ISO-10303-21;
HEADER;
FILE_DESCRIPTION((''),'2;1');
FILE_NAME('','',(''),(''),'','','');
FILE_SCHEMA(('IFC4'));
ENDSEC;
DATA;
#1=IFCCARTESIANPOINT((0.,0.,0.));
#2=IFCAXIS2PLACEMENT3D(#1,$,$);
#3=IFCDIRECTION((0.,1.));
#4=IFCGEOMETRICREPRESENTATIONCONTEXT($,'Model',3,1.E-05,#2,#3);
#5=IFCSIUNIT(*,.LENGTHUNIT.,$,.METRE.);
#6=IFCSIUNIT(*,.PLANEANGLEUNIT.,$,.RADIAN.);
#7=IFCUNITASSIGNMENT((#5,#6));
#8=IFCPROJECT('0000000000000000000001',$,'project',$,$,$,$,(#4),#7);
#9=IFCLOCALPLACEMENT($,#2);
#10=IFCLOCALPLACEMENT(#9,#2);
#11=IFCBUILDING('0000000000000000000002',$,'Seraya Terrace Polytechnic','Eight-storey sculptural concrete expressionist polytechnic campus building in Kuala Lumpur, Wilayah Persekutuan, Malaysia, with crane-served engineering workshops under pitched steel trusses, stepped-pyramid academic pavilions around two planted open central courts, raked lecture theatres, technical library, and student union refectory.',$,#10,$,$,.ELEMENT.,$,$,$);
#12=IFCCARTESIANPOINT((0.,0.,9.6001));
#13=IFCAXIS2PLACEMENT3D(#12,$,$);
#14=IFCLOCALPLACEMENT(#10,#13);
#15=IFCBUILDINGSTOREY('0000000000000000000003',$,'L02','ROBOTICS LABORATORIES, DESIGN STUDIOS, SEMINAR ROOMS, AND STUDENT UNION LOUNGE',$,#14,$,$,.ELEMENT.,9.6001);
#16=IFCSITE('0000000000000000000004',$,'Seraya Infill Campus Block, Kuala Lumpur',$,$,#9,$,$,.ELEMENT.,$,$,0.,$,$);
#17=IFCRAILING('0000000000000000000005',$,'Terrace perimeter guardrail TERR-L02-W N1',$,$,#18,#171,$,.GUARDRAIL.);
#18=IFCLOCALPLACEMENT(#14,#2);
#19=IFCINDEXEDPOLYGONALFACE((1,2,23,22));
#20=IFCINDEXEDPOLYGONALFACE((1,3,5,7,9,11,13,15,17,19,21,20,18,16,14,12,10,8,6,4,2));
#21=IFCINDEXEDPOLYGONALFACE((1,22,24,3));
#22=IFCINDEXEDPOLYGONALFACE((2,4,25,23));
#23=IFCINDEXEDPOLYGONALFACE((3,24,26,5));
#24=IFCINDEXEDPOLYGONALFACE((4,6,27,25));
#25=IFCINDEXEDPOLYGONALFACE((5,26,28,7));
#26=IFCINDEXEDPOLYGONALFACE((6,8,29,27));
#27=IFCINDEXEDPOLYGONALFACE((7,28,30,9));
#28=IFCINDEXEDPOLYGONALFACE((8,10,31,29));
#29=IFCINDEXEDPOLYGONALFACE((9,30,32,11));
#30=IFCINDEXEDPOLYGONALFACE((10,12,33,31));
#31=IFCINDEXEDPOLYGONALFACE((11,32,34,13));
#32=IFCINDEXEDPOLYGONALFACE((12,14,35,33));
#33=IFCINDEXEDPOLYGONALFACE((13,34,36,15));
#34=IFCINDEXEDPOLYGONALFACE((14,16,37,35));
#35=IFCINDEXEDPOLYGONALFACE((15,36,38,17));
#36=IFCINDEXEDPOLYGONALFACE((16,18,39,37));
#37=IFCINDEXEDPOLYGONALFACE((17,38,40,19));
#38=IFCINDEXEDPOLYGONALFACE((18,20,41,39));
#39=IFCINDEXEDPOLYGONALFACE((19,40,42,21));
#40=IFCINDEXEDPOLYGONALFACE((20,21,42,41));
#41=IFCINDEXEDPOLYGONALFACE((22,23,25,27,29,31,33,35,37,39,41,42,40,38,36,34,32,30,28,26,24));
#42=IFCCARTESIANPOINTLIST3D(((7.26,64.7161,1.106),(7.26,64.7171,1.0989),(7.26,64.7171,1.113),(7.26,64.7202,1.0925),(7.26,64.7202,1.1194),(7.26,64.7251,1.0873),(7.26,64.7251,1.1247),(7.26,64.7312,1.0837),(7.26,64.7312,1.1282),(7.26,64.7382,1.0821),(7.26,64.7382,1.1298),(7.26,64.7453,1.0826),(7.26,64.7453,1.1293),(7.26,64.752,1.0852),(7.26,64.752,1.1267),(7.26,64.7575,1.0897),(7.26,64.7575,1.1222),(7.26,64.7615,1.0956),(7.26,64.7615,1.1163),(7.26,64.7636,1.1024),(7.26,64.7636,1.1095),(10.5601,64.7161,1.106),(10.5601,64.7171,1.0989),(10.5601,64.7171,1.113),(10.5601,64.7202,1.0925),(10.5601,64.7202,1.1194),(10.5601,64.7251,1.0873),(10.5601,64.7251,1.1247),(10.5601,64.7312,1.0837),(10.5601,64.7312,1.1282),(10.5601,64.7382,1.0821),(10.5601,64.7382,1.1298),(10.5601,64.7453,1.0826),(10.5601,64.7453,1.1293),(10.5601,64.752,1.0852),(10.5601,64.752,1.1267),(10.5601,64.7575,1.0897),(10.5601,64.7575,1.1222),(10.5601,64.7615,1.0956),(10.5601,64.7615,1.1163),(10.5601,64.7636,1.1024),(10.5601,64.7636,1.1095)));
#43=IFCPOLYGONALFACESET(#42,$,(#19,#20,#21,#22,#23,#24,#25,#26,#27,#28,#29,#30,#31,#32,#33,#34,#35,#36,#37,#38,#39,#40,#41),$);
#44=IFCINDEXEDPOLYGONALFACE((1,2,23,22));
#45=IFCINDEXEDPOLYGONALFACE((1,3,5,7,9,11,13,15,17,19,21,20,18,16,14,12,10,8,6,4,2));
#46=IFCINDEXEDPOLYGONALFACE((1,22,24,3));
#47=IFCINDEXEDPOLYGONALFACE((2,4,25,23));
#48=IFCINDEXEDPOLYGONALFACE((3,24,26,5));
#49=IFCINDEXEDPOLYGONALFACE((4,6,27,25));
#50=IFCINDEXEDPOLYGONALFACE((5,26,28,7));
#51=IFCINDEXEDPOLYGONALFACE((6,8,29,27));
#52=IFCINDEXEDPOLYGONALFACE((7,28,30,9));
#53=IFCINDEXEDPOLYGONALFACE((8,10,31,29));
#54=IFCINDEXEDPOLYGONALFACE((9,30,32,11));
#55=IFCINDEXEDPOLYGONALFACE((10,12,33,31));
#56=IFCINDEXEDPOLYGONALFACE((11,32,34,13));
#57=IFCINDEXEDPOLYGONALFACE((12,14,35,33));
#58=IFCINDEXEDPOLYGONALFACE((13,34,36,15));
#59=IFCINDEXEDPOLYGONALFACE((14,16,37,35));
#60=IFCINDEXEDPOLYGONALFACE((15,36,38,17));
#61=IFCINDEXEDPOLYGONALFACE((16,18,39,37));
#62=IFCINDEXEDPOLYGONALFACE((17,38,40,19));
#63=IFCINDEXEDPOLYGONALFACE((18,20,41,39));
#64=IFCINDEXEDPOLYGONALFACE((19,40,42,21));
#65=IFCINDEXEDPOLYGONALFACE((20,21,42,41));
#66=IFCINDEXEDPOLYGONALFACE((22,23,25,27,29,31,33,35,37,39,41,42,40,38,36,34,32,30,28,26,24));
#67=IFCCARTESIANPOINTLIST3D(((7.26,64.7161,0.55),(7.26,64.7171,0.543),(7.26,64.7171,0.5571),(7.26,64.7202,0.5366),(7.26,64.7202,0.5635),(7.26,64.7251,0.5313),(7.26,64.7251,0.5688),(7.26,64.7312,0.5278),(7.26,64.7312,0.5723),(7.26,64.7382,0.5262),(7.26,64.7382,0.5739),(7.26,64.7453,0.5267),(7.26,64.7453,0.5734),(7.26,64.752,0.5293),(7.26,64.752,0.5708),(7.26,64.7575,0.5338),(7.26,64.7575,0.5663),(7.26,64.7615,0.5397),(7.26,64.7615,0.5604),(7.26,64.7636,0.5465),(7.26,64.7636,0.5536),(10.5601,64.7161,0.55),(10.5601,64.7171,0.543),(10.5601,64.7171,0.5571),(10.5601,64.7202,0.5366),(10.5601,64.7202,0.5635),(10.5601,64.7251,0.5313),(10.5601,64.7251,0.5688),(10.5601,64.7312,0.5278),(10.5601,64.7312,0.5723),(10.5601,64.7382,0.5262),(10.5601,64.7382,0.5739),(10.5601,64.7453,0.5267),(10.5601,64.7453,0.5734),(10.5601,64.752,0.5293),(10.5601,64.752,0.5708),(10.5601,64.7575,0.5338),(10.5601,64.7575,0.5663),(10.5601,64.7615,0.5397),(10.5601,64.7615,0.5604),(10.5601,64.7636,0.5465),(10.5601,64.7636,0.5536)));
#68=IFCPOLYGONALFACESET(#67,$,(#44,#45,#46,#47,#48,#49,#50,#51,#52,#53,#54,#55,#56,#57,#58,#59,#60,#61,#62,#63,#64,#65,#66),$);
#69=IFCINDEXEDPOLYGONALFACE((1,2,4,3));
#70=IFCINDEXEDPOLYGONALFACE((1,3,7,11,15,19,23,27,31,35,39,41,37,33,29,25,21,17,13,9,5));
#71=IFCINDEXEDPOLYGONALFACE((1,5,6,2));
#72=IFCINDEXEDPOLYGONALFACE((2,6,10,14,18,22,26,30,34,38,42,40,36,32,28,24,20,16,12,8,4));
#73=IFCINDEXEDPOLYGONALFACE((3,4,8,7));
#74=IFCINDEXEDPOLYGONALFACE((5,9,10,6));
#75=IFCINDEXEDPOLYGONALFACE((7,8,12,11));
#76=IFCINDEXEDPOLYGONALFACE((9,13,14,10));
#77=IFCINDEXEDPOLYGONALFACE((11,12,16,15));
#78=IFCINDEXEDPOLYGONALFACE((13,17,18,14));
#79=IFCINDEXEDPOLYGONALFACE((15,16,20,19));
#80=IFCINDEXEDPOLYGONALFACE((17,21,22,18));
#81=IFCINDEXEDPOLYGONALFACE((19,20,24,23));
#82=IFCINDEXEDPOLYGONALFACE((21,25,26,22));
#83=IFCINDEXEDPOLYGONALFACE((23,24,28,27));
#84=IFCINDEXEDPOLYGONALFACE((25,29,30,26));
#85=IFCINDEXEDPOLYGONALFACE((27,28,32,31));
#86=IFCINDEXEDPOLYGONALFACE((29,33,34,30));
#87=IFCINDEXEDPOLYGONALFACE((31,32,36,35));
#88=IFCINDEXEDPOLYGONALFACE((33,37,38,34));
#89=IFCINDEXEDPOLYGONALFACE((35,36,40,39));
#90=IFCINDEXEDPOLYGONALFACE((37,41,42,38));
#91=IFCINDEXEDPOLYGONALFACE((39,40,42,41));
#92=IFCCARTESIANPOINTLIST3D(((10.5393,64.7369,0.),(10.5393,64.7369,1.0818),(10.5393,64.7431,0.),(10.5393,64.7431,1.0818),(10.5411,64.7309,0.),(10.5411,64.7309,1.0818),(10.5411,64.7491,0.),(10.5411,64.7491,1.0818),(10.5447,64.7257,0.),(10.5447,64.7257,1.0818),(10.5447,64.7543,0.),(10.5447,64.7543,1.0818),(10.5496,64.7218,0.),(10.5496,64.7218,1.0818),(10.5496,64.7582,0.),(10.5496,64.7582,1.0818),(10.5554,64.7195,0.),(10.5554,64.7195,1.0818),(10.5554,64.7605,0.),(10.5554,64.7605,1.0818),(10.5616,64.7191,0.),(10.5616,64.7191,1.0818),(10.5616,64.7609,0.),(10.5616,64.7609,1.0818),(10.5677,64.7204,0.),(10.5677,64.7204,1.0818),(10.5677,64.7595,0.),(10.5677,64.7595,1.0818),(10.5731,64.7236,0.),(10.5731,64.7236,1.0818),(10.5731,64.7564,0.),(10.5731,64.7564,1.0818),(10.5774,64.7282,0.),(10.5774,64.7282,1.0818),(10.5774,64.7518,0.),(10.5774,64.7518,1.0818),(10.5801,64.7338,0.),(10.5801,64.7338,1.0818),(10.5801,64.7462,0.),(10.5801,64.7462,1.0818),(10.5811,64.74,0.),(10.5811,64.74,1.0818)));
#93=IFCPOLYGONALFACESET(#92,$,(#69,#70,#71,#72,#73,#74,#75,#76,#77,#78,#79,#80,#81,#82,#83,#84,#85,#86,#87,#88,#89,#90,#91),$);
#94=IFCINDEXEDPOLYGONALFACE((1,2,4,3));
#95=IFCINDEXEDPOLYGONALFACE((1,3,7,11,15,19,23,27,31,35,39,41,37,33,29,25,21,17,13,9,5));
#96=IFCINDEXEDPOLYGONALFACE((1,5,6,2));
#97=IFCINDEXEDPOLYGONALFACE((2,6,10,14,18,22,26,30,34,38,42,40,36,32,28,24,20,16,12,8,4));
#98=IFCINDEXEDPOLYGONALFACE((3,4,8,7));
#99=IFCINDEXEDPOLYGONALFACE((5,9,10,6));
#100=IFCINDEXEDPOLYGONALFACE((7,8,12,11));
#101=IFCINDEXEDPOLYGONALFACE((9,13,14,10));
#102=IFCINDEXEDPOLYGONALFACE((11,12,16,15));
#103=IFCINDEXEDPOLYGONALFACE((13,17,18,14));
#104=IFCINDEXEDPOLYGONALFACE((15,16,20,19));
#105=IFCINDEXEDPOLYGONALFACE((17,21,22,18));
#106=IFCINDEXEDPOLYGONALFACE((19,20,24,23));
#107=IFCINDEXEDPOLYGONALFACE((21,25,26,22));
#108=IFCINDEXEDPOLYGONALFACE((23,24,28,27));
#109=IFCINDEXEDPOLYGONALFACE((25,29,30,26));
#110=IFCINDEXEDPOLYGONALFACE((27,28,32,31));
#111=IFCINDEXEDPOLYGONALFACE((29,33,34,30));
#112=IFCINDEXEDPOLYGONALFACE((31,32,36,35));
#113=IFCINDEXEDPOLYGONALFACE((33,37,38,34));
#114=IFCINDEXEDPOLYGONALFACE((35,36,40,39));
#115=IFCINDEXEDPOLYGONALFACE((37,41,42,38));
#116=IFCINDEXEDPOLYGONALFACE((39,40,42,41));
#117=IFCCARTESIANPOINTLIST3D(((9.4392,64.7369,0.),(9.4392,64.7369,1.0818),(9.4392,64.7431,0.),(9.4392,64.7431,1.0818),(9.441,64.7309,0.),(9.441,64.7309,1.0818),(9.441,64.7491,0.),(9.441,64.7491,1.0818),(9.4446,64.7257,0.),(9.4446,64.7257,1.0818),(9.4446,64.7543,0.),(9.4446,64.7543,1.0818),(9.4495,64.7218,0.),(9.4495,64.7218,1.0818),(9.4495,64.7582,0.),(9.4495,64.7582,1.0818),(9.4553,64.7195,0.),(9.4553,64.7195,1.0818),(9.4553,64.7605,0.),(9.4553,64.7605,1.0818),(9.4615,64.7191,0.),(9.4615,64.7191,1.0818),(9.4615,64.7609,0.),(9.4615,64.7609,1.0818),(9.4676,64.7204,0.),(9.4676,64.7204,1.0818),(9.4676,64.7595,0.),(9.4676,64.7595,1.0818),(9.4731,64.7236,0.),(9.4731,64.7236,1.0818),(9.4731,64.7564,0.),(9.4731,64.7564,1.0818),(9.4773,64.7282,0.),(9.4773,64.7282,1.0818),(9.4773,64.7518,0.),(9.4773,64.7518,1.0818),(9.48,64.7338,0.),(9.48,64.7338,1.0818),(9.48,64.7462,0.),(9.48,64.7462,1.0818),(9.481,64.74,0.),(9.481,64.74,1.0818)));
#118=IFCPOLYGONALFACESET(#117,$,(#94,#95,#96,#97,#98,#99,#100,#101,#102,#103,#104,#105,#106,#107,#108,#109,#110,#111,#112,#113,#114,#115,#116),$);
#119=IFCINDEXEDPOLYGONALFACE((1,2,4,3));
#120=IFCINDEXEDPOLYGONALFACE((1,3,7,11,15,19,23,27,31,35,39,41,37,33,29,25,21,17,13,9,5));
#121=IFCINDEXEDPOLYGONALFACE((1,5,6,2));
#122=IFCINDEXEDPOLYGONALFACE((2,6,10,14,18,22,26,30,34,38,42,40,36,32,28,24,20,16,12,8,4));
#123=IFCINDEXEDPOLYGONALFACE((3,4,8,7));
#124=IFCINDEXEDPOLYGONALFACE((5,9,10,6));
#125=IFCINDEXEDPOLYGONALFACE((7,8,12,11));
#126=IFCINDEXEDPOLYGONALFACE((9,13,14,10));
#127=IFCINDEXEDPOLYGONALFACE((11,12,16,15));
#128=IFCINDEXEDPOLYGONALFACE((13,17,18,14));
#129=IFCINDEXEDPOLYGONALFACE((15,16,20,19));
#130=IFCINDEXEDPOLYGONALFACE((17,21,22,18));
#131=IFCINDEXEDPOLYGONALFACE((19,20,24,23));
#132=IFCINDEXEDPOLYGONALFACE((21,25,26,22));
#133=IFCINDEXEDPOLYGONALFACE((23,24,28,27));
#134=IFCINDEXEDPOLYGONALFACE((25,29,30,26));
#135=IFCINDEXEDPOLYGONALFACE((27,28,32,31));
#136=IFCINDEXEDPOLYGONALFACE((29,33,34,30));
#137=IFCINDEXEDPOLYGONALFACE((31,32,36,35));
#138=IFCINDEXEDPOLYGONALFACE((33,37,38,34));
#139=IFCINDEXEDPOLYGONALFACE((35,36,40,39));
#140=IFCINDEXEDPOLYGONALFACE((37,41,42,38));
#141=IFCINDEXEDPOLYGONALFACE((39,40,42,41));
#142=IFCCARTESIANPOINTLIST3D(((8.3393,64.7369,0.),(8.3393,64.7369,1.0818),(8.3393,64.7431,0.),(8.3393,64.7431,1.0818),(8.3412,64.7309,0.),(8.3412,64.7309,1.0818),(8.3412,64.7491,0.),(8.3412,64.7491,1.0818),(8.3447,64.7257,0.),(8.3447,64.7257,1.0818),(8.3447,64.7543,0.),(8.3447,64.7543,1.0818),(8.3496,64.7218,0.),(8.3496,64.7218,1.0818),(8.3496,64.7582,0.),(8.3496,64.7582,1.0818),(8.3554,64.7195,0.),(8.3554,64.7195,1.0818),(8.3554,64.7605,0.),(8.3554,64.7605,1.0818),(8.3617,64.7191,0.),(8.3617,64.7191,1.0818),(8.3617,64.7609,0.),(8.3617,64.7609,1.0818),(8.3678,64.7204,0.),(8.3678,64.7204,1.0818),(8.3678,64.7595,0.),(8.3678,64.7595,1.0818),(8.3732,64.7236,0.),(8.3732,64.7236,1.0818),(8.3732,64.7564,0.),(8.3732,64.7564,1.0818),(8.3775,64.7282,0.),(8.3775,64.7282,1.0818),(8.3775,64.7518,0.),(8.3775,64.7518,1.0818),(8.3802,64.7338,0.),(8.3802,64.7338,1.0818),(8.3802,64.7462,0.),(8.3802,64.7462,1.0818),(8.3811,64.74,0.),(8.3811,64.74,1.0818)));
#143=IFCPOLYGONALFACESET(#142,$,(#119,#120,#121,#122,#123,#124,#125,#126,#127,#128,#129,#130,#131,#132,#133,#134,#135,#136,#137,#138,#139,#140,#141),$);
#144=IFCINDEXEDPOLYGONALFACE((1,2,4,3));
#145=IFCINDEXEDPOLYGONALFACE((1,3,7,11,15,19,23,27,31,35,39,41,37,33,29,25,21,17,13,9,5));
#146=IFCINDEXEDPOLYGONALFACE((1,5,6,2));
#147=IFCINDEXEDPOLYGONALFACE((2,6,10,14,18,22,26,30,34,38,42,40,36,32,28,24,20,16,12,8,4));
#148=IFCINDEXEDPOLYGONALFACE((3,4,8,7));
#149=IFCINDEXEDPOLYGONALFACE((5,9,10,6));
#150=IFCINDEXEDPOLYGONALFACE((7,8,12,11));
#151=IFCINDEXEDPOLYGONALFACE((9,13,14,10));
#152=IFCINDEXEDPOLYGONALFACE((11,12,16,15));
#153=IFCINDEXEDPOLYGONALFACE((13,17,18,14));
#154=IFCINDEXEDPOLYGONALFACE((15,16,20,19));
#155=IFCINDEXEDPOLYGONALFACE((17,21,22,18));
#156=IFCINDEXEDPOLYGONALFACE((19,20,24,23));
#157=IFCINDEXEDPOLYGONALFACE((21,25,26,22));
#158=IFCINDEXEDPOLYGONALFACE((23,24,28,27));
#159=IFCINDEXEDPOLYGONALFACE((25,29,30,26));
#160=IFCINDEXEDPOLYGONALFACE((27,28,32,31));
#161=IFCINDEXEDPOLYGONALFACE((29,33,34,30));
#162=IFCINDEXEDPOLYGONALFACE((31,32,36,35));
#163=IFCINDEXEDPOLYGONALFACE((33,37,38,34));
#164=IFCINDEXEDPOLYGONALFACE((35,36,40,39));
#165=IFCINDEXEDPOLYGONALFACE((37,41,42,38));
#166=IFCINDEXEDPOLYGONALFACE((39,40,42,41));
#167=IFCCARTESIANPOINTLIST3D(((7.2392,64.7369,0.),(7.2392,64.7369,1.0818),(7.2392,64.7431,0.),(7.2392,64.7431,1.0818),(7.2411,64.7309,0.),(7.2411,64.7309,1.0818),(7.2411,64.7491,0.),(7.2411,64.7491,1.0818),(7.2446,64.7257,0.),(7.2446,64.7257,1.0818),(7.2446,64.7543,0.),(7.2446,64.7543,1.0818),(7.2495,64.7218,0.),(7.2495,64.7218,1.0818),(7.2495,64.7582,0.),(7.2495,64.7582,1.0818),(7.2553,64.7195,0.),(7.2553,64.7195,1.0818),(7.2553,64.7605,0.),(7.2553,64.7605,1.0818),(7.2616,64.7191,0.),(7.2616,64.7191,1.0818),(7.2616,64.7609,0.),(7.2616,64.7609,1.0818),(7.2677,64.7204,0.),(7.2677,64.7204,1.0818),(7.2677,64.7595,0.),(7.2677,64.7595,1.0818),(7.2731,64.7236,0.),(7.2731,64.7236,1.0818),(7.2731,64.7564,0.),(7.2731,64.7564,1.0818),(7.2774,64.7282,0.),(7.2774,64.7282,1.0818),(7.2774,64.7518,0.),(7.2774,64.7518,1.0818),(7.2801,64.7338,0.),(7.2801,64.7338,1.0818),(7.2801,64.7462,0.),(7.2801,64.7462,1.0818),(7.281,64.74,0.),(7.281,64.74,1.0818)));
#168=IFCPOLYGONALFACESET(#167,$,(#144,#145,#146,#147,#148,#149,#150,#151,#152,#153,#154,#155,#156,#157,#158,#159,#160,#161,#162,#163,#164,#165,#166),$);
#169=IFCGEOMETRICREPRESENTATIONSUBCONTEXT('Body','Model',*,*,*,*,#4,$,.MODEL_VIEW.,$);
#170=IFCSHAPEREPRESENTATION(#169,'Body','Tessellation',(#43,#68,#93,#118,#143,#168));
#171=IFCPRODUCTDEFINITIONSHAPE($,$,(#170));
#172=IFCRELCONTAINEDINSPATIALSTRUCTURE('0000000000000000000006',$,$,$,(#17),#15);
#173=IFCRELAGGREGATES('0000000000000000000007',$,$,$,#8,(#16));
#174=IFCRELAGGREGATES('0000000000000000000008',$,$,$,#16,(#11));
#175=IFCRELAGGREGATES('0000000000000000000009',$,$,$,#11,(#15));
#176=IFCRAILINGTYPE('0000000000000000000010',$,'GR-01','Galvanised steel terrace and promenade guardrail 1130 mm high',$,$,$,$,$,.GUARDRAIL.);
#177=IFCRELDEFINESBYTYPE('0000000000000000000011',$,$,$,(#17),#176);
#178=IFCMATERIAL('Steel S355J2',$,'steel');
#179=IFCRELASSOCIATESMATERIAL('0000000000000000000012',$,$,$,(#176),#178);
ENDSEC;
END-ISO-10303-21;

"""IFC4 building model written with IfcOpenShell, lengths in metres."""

from ifc_helpers import new_model, si_unit, direction, frame, origin, origin_2d, place, context, subcontext, project, spatial, circle, extrude, material, type_object, element, save


model = new_model("IFC4")

# Units and contexts
model_context = context("Model", 3, precision=1e-05, world=origin(), true_north=direction((0.0, 1.0)))
body_context = subcontext(model_context, "Body", "Model", "MODEL_VIEW")
ifc_project = project(units=[si_unit("LENGTHUNIT", "METRE"), si_unit("PLANEANGLEUNIT", "RADIAN")], contexts=[model_context])

# Site, building, storey
site_placement = place(None, origin())
site = spatial("IfcSite", under=ifc_project, at=site_placement, Name="Seraya Infill Campus Block, Kuala Lumpur", CompositionType="ELEMENT", RefElevation=0.0)
building_placement = place(site_placement, origin())
building = spatial("IfcBuilding", under=site, at=building_placement, Name="Seraya Terrace Polytechnic", Description="Eight-storey sculptural concrete expressionist polytechnic campus building in Kuala Lumpur, Wilayah Persekutuan, Malaysia, with crane-served engineering workshops under pitched steel trusses, stepped-pyramid academic pavilions around two planted open central courts, raked lecture theatres, technical library, and student union refectory.", CompositionType="ELEMENT")
storey_placement = place(building_placement, frame((0.0, 0.0, 9.6001)))
storey = spatial("IfcBuildingStorey", under=building, at=storey_placement, Name="L02", Description="ROBOTICS LABORATORIES, DESIGN STUDIOS, SEMINAR ROOMS, AND STUDENT UNION LOUNGE", CompositionType="ELEMENT", Elevation=9.6001)

# Railing
ifc_material_1 = material(Name="Steel S355J2", Category="steel")
railing_type = type_object("IfcRailingType", Name="GR-01", Description="Galvanised steel terrace and promenade guardrail 1130 mm high", PredefinedType="GUARDRAIL", material=ifc_material_1)
railing_1_placement = place(storey_placement, frame((10.5601, 64.74, 0.0)))
element("IfcRailing", 1, at=railing_1_placement, inside=storey, type_object=railing_type, Name="Terrace perimeter guardrail TERR-L02-W N1", PredefinedType="GUARDRAIL", context=body_context, shape_type="SweptSolid", body=[
    extrude(circle(Radius=0.0239, at=origin_2d()), frame((0.0, 0.0, 1.106), z_axis=(-1.0, 0.0, 0.0), x_axis=(0.0, -1.0, 0.0)), (0.0, 0.0, 1.0), 3.3),
    extrude(circle(Radius=0.0239, at=origin_2d()), frame((0.0, 0.0, 0.55), z_axis=(-1.0, 0.0, 0.0), x_axis=(0.0, -1.0, 0.0)), (0.0, 0.0, 1.0), 3.3),
    extrude(circle(Radius=0.021, at=origin_2d()), origin(), (0.0, 0.0, 1.0), 1.0818),
    extrude(circle(Radius=0.021, at=origin_2d()), frame((-1.1001, 0.0, 0.0)), (0.0, 0.0, 1.0), 1.0818),
    extrude(circle(Radius=0.021, at=origin_2d()), frame((-2.2, 0.0, 0.0)), (0.0, 0.0, 1.0), 1.0818),
    extrude(circle(Radius=0.021, at=origin_2d()), frame((-3.3, 0.0, 0.0)), (0.0, 0.0, 1.0), 1.0818),
])

save(model, "model.ifc")
